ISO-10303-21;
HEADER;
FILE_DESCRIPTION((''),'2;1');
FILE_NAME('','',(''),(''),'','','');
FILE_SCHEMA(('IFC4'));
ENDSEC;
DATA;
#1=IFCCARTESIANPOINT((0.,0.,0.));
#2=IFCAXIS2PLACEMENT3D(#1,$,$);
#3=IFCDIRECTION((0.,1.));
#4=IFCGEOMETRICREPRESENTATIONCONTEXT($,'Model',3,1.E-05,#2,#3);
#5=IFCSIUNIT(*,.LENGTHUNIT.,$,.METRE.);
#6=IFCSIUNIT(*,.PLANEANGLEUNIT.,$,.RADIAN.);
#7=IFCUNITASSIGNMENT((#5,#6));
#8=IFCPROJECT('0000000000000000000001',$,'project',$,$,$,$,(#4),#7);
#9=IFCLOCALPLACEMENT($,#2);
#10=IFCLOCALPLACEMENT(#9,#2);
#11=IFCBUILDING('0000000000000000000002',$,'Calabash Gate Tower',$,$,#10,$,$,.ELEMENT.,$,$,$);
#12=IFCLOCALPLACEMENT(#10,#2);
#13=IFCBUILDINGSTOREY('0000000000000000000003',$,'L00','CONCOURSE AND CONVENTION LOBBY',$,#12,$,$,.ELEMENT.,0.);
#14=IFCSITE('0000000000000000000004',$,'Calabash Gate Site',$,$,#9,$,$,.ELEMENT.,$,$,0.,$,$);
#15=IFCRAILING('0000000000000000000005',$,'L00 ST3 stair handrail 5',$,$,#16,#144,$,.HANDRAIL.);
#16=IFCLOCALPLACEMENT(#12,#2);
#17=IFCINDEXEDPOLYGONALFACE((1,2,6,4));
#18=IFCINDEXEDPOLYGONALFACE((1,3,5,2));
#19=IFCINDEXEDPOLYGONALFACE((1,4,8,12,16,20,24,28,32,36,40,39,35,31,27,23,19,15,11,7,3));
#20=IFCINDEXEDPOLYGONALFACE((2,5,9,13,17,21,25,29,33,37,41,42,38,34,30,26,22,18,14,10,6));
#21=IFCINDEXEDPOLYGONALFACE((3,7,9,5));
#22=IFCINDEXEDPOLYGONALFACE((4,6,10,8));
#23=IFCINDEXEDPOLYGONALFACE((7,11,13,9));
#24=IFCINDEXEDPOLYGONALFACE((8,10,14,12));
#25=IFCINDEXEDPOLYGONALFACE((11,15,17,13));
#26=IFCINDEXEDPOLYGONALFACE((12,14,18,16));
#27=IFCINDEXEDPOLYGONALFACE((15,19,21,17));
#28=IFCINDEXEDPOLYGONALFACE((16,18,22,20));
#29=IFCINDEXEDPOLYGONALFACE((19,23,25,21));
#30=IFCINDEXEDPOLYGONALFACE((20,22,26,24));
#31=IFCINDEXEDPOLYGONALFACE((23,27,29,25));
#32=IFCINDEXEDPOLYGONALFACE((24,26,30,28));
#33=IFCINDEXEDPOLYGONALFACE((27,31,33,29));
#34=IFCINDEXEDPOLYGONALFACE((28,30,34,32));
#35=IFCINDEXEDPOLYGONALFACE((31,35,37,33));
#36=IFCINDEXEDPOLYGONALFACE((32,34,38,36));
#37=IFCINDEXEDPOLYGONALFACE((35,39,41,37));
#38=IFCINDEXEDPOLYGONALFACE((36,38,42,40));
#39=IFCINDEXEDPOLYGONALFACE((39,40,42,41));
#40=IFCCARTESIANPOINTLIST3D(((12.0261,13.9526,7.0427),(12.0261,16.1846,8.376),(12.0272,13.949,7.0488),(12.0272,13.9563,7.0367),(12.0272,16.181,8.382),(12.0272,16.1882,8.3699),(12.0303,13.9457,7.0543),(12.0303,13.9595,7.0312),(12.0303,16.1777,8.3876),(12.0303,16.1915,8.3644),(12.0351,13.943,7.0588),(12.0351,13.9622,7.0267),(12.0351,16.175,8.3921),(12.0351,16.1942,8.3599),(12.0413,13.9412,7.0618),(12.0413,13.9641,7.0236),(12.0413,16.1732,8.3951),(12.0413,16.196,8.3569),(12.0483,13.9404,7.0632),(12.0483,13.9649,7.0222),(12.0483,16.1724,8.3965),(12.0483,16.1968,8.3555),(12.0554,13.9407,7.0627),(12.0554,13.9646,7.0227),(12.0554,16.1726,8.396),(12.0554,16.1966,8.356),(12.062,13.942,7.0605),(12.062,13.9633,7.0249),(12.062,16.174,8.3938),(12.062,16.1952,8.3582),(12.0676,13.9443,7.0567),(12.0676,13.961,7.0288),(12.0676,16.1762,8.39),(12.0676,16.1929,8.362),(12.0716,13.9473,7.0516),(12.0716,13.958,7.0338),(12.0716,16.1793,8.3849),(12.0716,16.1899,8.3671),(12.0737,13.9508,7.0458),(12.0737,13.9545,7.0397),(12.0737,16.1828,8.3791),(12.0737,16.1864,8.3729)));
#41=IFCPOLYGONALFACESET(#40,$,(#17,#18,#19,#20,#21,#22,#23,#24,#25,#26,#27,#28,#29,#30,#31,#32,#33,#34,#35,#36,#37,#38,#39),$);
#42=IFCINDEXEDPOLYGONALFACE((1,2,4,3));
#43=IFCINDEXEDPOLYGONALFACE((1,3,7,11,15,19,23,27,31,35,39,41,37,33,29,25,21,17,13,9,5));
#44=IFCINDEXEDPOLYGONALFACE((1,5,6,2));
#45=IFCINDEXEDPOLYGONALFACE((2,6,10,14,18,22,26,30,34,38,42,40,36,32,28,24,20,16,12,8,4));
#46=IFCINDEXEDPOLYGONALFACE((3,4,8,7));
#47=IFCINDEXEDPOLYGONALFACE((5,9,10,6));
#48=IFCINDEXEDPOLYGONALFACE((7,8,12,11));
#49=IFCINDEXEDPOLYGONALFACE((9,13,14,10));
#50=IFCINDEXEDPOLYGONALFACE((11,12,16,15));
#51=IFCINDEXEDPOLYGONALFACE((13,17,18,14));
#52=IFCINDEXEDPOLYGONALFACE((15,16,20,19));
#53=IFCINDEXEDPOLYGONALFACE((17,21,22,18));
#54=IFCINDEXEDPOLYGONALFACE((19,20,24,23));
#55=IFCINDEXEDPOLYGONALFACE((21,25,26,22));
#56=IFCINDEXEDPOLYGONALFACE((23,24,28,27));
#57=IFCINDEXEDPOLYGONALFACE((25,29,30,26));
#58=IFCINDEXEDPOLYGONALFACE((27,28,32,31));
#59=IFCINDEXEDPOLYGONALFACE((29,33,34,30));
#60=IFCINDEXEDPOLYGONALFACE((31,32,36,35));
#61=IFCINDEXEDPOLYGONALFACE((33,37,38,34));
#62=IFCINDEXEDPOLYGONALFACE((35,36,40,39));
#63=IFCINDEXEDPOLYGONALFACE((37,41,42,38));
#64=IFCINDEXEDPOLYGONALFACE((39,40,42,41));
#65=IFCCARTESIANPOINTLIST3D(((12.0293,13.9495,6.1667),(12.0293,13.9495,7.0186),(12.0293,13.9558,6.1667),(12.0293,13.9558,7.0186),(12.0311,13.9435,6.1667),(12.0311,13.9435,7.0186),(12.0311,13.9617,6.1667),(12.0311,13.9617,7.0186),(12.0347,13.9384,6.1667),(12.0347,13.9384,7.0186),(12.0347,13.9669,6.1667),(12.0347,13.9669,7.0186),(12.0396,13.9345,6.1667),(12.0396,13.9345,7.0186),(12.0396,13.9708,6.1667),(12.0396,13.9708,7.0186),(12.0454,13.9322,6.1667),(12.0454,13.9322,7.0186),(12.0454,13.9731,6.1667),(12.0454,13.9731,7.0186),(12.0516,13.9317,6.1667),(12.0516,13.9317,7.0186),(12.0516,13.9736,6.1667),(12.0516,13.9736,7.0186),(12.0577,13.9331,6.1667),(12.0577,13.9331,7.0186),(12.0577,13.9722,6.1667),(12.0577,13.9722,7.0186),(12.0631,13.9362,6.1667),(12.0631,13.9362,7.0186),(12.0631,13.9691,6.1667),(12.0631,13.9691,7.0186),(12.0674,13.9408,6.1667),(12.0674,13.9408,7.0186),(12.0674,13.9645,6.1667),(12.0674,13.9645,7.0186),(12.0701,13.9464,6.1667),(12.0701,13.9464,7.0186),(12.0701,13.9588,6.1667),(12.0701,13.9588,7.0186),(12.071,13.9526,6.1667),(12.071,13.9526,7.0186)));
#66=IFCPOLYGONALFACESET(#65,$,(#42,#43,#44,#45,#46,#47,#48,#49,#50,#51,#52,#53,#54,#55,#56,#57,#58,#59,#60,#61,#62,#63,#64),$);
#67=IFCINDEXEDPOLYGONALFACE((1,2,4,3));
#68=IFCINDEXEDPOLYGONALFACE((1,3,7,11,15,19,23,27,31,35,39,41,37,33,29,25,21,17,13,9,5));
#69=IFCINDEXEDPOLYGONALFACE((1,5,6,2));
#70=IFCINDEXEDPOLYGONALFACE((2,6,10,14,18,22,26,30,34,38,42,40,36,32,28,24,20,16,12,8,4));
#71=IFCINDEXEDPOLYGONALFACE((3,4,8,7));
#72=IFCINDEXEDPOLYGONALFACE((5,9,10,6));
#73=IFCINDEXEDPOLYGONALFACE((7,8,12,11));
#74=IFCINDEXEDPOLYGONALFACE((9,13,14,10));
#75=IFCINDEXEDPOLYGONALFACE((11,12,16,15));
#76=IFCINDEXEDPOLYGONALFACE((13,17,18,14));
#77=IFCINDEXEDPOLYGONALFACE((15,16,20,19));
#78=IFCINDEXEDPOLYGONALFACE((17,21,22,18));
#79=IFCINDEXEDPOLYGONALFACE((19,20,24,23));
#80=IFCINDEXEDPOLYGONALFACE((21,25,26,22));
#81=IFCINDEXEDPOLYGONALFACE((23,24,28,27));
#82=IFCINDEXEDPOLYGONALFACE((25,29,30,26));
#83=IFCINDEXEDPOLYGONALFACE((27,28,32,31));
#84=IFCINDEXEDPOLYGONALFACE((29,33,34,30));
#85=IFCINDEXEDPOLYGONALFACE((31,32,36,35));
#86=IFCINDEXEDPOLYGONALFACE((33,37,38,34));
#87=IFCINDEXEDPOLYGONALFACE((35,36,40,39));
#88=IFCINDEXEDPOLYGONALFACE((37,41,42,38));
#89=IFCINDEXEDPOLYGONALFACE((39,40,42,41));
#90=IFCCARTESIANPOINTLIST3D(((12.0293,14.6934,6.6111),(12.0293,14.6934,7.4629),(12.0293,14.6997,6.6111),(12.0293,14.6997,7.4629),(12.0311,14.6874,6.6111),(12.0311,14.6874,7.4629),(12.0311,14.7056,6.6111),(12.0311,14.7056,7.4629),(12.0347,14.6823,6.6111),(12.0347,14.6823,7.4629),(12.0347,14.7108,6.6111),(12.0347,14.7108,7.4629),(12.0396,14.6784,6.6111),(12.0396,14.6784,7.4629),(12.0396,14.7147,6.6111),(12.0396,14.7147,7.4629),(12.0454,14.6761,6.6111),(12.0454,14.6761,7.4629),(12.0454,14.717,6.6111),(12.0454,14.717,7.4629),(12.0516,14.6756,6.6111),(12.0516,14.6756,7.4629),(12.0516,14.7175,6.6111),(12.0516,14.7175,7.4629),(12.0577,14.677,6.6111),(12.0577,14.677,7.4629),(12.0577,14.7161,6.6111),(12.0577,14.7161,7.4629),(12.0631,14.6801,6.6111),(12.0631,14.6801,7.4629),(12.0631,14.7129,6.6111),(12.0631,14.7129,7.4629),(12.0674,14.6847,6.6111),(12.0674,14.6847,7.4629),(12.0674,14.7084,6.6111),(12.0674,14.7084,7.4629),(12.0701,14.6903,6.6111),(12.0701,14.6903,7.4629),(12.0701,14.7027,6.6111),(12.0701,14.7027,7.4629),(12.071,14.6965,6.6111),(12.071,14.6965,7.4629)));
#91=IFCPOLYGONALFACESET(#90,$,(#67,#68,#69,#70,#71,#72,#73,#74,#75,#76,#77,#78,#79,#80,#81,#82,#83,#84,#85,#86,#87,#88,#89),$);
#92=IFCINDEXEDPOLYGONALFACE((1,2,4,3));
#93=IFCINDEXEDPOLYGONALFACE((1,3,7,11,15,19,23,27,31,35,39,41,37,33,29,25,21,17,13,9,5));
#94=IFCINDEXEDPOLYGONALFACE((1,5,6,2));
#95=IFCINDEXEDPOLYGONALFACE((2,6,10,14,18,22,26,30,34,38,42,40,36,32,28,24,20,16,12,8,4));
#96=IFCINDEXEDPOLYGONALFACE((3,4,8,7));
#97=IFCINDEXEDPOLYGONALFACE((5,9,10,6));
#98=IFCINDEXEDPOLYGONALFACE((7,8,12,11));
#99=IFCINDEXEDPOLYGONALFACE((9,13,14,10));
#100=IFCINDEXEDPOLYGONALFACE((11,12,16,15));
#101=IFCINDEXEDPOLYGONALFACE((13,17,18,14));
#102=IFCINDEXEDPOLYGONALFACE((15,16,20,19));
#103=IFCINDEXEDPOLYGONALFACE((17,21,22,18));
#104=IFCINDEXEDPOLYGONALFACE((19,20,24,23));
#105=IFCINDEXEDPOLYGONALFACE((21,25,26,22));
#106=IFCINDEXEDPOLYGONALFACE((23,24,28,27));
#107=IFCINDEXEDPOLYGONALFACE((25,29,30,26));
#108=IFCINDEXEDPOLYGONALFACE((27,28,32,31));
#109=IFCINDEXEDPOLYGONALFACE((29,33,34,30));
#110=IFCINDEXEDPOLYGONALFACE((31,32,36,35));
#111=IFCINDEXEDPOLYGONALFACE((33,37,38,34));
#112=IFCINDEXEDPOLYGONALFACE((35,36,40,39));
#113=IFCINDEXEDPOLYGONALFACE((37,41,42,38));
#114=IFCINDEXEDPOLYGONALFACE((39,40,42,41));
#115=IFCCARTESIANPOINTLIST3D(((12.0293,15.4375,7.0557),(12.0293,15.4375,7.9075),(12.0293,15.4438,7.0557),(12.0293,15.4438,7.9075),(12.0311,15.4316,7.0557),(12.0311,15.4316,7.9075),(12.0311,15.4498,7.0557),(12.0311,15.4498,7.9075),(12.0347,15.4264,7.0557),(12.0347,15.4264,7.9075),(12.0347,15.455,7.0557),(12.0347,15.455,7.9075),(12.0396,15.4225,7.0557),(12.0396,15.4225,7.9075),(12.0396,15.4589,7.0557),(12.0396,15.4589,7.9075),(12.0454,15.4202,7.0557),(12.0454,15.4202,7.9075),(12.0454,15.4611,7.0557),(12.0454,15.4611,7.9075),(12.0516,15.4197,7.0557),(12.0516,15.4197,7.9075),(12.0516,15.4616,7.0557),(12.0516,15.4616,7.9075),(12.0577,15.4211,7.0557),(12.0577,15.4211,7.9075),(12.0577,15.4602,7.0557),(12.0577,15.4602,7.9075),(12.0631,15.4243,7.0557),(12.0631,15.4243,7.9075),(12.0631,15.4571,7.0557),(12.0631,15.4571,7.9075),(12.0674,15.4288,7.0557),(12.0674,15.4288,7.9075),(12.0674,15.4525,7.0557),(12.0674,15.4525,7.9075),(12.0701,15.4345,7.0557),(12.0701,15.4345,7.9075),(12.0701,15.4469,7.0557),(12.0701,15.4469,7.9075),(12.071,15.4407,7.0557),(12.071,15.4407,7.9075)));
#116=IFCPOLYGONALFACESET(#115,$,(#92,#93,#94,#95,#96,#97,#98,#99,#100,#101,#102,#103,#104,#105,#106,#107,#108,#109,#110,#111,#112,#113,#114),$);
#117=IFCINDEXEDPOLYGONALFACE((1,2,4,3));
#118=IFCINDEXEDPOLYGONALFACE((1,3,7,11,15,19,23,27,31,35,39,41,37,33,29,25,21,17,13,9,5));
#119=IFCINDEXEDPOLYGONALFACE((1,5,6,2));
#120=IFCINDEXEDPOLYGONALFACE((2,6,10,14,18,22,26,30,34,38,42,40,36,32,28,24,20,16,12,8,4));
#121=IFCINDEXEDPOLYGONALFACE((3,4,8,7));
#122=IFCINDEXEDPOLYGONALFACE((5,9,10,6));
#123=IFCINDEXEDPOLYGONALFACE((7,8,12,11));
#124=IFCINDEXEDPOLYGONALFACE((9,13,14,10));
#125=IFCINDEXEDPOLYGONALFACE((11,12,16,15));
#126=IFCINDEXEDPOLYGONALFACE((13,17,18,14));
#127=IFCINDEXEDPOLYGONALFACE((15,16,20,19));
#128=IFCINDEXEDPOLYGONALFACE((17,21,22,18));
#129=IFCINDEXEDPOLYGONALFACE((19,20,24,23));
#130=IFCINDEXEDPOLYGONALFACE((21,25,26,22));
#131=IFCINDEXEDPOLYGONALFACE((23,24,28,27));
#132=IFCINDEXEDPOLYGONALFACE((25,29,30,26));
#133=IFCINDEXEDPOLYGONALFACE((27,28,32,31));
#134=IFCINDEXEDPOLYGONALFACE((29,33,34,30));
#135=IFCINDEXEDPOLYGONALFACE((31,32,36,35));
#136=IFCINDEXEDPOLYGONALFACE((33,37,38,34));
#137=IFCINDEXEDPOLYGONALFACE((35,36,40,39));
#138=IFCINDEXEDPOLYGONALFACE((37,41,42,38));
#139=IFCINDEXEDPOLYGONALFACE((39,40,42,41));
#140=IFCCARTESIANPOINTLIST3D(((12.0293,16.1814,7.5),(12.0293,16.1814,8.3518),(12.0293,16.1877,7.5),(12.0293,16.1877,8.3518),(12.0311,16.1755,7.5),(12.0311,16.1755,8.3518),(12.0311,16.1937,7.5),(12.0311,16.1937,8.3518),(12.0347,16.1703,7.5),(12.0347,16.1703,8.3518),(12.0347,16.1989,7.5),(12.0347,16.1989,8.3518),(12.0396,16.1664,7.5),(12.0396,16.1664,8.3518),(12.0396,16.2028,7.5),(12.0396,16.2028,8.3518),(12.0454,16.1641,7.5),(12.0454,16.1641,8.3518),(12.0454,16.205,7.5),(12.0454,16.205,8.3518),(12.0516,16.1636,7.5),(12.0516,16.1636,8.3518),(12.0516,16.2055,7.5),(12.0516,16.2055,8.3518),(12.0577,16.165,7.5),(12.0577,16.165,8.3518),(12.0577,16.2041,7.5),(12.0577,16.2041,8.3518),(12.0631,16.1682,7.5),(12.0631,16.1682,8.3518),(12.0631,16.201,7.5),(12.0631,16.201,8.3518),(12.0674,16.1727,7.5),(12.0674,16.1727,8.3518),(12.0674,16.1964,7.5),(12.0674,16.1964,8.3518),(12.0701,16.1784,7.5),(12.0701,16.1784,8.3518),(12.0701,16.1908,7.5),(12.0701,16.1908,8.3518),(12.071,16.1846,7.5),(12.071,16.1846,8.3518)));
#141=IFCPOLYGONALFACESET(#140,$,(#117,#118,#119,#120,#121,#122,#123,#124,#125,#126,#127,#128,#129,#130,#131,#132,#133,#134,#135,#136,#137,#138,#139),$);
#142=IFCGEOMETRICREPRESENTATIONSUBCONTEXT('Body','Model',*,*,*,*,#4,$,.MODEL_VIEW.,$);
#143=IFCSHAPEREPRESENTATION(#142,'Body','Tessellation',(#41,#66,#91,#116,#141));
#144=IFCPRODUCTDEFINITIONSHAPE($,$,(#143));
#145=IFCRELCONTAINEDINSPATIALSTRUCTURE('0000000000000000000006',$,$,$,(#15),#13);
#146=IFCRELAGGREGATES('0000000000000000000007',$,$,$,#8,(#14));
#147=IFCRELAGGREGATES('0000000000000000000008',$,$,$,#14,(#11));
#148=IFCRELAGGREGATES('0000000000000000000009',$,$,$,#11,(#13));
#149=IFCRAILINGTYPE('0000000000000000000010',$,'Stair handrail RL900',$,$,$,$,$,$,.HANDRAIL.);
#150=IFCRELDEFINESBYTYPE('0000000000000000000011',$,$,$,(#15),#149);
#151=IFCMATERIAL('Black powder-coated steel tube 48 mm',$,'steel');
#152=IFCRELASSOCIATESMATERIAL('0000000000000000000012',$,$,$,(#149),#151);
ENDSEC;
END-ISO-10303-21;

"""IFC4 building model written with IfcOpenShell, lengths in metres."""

from ifc_helpers import new_model, si_unit, direction, frame, origin, origin_2d, place, context, subcontext, project, spatial, circle, extrude, material, type_object, element, save


model = new_model("IFC4")

# Units and contexts
model_context = context("Model", 3, precision=1e-05, world=origin(), true_north=direction((0.0, 1.0)))
body_context = subcontext(model_context, "Body", "Model", "MODEL_VIEW")
ifc_project = project(units=[si_unit("LENGTHUNIT", "METRE"), si_unit("PLANEANGLEUNIT", "RADIAN")], contexts=[model_context])

# Site, building, storey
site_placement = place(None, origin())
site = spatial("IfcSite", under=ifc_project, at=site_placement, Name="Calabash Gate Site", CompositionType="ELEMENT", RefElevation=0.0)
building_placement = place(site_placement, origin())
building = spatial("IfcBuilding", under=site, at=building_placement, Name="Calabash Gate Tower", CompositionType="ELEMENT")
storey_placement = place(building_placement, origin())
storey = spatial("IfcBuildingStorey", under=building, at=storey_placement, Name="L00", Description="CONCOURSE AND CONVENTION LOBBY", CompositionType="ELEMENT", Elevation=0.0)

# Railing
ifc_material_1 = material(Name="Black powder-coated steel tube 48 mm", Category="steel")
railing_type = type_object("IfcRailingType", Name="Stair handrail RL900", PredefinedType="HANDRAIL", material=ifc_material_1)
railing_placement = place(storey_placement, frame((12.05, 13.9526, 6.1667)))
element("IfcRailing", 1, at=railing_placement, inside=storey, type_object=railing_type, Name="L00 ST3 stair handrail 5", PredefinedType="HANDRAIL", context=body_context, shape_type="SweptSolid", body=[
    extrude(circle(Radius=0.0239, at=origin_2d()), frame((0.0, 0.0, 0.876), z_axis=(0.0, 0.858494, 0.512824), x_axis=(-1.0, 0.0, 0.0)), (0.0, 0.0, 1.0), 2.5999),
    extrude(circle(Radius=0.021, at=origin_2d()), origin(), (0.0, 0.0, 1.0), 0.8518),
    extrude(circle(Radius=0.021, at=origin_2d()), frame((0.0, 0.7439, 0.4443)), (0.0, 0.0, 1.0), 0.8518),
    extrude(circle(Radius=0.021, at=origin_2d()), frame((0.0, 1.488, 0.8889)), (0.0, 0.0, 1.0), 0.8518),
    extrude(circle(Radius=0.021, at=origin_2d()), frame((0.0, 2.2319, 1.3333)), (0.0, 0.0, 1.0), 0.8518),
])

save(model, "model.ifc")
